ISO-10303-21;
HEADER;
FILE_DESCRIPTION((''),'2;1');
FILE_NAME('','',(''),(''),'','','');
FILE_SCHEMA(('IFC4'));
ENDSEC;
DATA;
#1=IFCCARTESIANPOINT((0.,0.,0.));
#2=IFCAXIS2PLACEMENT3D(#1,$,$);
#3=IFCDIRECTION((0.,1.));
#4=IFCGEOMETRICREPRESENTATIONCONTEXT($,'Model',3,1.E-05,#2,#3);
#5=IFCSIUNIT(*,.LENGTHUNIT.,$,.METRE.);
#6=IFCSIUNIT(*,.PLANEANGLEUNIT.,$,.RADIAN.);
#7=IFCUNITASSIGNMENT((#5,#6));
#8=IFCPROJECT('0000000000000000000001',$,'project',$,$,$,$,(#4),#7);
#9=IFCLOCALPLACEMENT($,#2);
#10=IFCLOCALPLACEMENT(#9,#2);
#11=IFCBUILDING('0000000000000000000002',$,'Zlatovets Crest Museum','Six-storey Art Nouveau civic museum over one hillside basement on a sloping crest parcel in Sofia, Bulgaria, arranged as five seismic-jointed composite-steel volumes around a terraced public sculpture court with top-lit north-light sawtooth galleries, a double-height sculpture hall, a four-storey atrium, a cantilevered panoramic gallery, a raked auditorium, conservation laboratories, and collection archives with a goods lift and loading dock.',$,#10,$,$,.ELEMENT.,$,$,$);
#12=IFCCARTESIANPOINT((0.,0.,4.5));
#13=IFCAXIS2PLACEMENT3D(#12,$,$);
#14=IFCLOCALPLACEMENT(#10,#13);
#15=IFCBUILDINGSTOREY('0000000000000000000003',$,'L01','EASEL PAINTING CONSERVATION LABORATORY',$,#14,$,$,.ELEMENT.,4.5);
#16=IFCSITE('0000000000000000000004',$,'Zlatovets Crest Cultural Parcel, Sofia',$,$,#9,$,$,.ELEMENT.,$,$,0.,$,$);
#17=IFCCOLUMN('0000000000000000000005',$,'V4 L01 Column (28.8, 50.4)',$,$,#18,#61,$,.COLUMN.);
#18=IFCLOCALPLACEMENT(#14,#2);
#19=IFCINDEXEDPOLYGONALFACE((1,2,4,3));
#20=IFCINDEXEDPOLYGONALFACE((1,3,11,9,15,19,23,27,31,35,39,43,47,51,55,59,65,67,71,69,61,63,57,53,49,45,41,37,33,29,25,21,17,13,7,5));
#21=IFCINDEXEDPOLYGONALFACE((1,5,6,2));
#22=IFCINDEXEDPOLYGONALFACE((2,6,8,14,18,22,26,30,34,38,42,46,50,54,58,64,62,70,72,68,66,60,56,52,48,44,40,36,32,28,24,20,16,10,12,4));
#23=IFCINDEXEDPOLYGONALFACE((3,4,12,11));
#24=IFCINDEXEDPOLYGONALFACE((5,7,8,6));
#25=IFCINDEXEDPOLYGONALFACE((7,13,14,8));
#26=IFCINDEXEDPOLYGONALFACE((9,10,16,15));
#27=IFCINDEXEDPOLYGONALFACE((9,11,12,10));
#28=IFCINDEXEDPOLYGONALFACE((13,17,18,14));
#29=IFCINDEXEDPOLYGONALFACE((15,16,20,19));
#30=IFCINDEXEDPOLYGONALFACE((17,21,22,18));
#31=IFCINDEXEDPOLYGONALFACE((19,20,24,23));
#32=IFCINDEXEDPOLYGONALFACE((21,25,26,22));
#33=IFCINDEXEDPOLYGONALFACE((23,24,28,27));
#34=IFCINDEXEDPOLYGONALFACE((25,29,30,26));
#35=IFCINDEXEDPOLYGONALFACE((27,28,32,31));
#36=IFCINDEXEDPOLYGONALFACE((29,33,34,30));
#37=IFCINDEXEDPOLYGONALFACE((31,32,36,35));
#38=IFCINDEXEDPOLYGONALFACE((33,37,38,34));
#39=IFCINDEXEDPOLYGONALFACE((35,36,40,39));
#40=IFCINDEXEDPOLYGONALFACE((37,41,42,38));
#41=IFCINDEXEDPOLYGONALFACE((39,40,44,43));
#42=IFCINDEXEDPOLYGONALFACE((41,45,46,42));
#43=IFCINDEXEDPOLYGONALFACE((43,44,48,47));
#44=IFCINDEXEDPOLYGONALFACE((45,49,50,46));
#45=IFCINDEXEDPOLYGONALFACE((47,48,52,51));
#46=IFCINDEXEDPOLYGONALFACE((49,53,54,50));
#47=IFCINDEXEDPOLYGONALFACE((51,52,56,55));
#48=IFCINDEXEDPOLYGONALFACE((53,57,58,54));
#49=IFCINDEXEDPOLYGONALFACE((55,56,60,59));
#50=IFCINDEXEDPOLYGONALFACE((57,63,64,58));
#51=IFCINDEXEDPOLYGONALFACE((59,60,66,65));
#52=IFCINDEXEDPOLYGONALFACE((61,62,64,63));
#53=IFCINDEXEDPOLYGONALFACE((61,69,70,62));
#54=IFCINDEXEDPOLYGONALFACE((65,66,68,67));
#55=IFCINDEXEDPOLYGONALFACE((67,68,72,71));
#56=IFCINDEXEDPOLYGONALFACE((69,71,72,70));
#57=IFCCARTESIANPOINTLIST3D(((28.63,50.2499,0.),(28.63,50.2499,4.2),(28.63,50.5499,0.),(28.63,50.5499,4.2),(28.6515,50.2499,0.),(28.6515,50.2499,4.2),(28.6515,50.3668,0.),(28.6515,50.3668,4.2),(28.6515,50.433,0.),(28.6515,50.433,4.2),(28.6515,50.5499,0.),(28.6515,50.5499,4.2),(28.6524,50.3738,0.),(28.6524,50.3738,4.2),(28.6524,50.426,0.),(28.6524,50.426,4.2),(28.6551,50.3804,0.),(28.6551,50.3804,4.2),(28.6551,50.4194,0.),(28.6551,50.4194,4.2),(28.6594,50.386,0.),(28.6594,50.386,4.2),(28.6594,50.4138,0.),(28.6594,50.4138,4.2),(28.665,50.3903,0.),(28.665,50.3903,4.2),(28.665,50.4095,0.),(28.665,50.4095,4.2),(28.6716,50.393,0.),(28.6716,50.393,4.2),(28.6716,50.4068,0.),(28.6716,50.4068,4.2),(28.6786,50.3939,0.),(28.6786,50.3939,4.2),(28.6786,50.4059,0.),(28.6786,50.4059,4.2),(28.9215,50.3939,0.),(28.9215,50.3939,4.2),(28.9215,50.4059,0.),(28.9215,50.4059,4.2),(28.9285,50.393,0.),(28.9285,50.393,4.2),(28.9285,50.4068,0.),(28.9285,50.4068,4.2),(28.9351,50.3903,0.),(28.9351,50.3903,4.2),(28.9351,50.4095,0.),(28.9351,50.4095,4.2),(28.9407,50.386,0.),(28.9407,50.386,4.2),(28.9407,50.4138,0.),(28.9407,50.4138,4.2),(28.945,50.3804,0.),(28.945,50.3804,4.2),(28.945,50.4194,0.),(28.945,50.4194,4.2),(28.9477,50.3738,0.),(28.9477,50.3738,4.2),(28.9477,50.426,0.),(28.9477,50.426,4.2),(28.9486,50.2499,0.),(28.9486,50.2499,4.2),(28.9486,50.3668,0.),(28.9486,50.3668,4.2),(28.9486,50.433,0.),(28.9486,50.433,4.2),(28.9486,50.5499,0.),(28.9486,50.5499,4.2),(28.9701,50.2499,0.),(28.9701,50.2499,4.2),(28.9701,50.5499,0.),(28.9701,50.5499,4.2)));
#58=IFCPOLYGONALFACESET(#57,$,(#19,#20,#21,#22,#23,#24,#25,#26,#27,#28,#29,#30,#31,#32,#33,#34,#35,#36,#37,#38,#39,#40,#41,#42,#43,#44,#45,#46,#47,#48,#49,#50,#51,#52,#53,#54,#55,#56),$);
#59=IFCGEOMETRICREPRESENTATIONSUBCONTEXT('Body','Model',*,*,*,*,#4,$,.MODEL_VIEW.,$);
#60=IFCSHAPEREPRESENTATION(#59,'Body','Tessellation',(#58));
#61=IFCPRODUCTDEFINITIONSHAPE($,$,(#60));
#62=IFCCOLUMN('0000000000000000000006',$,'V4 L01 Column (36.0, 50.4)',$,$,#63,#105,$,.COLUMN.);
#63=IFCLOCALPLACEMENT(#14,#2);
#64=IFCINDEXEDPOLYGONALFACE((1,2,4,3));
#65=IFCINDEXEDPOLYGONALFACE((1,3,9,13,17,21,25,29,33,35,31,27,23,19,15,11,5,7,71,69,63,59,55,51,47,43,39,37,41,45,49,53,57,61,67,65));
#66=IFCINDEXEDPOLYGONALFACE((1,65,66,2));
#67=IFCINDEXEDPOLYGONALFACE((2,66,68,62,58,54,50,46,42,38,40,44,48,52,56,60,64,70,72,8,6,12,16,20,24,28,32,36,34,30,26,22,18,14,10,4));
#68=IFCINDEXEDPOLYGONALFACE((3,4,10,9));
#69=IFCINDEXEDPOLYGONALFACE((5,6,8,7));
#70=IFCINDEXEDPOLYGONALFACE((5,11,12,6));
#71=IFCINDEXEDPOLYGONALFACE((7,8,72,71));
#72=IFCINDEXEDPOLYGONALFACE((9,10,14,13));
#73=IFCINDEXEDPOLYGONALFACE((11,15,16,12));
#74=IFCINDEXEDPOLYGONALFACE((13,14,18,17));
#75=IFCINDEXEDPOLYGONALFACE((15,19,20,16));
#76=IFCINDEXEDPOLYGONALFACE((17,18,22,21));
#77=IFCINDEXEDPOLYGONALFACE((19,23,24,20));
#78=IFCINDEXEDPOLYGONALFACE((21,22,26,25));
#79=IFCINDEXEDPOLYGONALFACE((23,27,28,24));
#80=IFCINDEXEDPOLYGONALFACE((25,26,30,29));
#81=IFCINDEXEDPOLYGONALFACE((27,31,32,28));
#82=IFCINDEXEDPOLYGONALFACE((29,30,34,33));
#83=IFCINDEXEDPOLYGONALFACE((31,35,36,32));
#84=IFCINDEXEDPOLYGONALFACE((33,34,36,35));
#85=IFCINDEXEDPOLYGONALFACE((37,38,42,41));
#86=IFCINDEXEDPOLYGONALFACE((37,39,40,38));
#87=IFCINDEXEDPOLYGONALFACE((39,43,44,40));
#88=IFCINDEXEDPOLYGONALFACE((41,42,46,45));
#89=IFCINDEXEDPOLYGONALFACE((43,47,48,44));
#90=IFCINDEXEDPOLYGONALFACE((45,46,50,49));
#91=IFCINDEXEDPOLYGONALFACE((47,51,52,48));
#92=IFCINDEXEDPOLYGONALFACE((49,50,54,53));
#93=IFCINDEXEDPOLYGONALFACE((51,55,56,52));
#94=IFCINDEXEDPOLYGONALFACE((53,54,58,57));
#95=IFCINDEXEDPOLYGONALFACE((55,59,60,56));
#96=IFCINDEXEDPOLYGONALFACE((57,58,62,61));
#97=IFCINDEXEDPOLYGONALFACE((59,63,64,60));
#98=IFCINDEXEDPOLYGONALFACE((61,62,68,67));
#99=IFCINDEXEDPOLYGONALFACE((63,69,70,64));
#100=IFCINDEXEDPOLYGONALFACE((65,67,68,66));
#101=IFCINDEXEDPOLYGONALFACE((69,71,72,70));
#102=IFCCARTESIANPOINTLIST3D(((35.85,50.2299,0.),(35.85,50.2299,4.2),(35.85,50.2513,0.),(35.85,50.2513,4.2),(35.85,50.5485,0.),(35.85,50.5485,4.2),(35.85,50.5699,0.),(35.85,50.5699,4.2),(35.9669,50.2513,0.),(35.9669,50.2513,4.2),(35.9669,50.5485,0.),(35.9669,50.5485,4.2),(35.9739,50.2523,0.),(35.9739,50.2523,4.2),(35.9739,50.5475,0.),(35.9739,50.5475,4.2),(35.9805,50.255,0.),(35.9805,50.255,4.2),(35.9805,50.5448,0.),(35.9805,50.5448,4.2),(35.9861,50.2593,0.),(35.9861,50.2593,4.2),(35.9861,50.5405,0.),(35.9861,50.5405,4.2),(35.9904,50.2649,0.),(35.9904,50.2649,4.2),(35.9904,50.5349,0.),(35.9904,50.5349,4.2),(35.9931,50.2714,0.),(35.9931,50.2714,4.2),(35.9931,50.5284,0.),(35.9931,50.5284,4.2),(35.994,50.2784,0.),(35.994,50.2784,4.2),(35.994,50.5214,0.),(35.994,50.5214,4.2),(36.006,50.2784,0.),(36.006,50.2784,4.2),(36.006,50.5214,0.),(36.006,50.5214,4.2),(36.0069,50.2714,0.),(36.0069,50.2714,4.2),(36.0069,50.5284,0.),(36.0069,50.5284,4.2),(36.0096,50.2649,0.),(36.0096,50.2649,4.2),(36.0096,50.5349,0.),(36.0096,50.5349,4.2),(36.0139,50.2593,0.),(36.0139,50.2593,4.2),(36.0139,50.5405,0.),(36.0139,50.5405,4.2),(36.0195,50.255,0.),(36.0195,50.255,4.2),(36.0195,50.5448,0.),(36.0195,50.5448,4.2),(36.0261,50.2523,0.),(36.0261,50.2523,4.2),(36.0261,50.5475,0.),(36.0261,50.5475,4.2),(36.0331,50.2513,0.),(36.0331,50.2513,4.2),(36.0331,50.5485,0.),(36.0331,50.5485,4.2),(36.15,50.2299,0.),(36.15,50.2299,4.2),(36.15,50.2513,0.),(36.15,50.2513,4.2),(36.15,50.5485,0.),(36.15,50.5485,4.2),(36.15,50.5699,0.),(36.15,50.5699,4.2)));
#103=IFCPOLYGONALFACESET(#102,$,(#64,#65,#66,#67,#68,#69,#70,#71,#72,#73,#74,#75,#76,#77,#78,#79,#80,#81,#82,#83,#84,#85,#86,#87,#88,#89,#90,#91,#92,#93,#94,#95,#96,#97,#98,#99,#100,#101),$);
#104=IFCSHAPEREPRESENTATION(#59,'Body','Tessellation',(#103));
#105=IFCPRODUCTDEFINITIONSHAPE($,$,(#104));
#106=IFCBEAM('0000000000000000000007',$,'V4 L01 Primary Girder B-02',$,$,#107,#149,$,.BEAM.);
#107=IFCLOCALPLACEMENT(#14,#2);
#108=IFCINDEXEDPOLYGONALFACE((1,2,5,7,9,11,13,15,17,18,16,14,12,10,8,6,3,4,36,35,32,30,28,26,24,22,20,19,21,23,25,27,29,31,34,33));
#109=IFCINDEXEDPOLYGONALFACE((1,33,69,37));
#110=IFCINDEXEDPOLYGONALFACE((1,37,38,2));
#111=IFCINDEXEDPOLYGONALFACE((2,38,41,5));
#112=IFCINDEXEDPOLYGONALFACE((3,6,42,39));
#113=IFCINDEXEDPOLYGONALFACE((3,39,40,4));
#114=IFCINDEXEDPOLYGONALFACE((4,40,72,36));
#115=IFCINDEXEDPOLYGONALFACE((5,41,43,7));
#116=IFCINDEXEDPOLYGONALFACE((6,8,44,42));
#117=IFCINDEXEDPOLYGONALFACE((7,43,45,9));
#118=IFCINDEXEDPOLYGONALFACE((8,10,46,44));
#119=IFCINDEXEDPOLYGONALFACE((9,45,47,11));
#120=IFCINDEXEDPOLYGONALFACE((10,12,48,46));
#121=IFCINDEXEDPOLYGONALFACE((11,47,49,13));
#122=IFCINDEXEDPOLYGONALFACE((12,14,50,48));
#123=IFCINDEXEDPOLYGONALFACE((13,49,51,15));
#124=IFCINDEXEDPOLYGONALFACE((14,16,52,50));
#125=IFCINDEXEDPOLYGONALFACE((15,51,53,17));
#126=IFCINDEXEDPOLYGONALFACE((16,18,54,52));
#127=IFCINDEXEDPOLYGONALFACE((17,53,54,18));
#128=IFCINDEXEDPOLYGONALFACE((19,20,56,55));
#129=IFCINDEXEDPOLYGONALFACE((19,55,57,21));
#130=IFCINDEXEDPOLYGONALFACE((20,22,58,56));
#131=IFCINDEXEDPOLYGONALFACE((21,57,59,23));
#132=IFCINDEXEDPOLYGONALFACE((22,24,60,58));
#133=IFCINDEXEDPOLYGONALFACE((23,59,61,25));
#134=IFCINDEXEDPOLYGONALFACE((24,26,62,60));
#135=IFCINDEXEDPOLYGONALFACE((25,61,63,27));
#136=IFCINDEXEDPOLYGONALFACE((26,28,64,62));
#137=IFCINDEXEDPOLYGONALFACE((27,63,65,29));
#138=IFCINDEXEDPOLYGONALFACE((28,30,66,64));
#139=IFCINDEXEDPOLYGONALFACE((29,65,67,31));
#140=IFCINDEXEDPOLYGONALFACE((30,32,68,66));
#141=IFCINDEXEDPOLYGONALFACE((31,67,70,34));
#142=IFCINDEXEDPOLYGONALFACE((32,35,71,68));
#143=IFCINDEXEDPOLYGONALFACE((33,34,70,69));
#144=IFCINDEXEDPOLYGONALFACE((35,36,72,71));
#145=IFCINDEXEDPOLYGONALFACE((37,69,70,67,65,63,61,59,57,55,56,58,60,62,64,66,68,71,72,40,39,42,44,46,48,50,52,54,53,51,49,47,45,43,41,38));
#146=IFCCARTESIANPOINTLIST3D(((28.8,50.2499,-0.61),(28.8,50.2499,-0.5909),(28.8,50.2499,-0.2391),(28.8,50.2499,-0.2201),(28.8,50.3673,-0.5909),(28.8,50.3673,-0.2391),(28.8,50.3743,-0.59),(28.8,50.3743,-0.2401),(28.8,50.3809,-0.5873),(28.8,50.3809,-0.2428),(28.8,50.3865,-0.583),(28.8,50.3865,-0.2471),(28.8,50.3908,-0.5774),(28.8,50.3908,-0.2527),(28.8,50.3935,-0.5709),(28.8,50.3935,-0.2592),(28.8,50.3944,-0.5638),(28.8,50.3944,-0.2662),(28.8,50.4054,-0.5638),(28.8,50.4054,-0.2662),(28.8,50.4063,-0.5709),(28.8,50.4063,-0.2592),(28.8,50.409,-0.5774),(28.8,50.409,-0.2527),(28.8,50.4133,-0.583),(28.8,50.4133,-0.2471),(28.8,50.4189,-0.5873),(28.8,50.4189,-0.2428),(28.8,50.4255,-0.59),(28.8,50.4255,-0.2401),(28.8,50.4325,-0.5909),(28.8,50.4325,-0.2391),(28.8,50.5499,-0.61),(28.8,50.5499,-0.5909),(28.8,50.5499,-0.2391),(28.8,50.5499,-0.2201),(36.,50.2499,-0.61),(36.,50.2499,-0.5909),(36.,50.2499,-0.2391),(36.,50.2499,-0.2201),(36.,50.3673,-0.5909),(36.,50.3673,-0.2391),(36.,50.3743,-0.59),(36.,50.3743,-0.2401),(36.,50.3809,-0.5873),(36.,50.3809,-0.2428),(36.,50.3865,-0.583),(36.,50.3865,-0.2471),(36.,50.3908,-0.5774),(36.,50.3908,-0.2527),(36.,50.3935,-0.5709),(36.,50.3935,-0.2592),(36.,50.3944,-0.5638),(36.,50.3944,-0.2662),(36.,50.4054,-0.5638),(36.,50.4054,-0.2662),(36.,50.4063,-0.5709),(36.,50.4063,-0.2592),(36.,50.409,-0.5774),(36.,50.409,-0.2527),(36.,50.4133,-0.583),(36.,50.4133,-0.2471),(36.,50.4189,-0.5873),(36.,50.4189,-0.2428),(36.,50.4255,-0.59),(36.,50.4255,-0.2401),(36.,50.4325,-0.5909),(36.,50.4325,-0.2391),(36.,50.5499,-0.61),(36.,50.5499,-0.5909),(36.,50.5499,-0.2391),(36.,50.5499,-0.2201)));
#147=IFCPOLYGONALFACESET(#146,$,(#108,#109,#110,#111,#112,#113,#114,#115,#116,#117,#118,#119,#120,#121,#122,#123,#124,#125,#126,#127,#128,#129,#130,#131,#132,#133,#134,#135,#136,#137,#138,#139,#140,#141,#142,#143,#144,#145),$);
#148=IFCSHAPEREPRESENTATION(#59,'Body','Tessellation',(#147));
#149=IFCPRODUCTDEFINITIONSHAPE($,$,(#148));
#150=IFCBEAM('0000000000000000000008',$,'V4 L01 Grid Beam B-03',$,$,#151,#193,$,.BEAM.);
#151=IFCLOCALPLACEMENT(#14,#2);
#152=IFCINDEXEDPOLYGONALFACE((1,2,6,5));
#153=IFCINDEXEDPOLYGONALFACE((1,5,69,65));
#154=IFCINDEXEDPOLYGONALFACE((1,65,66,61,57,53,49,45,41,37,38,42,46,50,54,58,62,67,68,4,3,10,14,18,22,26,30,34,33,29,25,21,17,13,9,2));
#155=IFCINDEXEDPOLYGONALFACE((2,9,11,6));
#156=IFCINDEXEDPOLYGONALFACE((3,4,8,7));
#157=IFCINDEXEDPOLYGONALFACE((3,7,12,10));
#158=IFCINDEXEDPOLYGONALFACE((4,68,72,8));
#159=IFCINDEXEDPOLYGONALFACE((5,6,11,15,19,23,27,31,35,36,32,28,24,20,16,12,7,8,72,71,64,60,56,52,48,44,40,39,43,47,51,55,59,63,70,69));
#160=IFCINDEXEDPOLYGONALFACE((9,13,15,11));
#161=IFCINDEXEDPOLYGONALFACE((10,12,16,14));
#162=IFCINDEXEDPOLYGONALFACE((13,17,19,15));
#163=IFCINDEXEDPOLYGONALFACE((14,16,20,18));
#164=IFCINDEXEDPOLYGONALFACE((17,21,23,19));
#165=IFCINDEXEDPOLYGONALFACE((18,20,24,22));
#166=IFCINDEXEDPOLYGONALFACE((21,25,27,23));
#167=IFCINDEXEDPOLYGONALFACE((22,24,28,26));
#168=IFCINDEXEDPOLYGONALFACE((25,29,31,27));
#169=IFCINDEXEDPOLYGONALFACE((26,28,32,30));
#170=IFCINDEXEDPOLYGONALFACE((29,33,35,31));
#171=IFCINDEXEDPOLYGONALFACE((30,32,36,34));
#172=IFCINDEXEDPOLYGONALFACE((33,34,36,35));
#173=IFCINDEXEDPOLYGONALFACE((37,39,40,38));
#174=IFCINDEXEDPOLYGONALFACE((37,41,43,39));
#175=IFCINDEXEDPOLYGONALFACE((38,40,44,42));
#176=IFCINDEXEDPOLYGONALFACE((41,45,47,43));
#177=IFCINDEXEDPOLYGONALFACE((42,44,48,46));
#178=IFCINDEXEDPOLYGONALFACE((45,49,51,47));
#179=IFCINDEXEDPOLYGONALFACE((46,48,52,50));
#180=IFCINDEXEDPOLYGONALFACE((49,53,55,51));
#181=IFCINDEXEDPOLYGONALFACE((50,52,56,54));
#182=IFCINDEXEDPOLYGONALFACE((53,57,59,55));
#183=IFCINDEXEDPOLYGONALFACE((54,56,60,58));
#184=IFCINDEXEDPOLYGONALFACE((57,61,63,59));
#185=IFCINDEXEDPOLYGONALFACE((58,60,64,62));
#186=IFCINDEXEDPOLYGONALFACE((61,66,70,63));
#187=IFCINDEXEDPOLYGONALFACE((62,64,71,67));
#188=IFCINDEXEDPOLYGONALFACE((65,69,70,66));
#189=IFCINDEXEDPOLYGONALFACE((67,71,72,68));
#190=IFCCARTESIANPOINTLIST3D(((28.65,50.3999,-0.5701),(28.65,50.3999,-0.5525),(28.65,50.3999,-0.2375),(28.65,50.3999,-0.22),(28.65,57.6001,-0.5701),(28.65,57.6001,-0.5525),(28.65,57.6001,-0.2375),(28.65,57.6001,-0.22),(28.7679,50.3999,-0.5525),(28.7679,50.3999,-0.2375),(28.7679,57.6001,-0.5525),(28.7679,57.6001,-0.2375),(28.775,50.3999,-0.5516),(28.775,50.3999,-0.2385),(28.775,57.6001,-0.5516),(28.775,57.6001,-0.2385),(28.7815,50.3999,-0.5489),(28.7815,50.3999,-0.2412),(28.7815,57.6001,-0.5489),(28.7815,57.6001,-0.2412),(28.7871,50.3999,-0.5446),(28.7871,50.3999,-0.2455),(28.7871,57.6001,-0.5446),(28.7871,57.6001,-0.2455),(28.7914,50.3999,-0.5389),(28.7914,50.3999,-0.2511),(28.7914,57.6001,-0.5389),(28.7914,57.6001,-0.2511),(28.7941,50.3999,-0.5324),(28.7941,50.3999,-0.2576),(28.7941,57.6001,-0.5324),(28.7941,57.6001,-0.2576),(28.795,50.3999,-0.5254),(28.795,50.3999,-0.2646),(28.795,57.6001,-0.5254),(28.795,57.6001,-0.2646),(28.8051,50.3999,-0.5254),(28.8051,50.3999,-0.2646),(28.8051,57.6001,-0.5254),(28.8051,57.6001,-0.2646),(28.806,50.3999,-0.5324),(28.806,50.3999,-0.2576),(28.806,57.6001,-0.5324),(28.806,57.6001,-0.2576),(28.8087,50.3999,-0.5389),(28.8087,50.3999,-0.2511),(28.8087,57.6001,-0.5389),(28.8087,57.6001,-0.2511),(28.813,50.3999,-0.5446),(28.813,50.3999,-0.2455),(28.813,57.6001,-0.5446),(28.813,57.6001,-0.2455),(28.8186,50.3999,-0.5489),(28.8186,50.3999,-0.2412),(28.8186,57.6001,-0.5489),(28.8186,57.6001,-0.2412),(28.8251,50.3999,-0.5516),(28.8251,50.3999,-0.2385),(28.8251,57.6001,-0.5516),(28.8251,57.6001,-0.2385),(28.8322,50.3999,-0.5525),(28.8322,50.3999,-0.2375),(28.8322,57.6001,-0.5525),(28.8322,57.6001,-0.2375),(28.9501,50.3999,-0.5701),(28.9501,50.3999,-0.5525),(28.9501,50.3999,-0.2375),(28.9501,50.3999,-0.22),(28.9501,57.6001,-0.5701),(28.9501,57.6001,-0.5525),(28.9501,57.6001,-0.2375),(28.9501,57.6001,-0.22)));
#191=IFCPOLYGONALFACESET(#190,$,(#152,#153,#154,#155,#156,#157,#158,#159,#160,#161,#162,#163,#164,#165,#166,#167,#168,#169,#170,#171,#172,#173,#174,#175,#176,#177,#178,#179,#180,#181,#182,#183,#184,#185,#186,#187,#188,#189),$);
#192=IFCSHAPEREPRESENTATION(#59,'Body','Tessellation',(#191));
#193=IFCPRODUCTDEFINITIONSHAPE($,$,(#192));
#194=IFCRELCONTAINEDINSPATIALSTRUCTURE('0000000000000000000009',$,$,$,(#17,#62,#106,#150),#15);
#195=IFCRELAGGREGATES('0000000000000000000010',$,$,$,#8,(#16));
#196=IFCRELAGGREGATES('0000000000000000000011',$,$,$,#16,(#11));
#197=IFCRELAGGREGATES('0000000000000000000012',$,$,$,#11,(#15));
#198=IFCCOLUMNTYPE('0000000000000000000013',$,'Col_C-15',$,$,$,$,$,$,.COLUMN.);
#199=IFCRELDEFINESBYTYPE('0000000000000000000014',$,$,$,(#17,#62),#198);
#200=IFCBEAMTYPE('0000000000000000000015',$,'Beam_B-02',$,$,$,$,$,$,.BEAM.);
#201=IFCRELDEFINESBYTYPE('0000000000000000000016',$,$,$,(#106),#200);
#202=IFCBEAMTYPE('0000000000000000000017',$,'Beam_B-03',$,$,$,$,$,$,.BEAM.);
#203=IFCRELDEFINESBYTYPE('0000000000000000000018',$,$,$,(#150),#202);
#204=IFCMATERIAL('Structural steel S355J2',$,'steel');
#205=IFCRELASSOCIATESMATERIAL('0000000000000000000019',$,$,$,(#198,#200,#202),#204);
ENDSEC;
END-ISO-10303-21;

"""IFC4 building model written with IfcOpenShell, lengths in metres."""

from ifc_helpers import new_model, si_unit, direction, frame, origin, origin_2d, place, context, subcontext, project, spatial, i_section, extrude, material, material_profile, profile_set, type_object, element, save


model = new_model("IFC4")

# Units and contexts
model_context = context("Model", 3, precision=1e-05, world=origin(), true_north=direction((0.0, 1.0)))
body_context = subcontext(model_context, "Body", "Model", "MODEL_VIEW")
ifc_project = project(units=[si_unit("LENGTHUNIT", "METRE"), si_unit("PLANEANGLEUNIT", "RADIAN")], contexts=[model_context])

# Site, building, storey
site_placement = place(None, origin())
site = spatial("IfcSite", under=ifc_project, at=site_placement, Name="Zlatovets Crest Cultural Parcel, Sofia", CompositionType="ELEMENT", RefElevation=0.0)
building_placement = place(site_placement, origin())
building = spatial("IfcBuilding", under=site, at=building_placement, Name="Zlatovets Crest Museum", Description="Six-storey Art Nouveau civic museum over one hillside basement on a sloping crest parcel in Sofia, Bulgaria, arranged as five seismic-jointed composite-steel volumes around a terraced public sculpture court with top-lit north-light sawtooth galleries, a double-height sculpture hall, a four-storey atrium, a cantilevered panoramic gallery, a raked auditorium, conservation laboratories, and collection archives with a goods lift and loading dock.", CompositionType="ELEMENT")
storey_placement = place(building_placement, frame((0.0, 0.0, 4.5)))
storey = spatial("IfcBuildingStorey", under=building, at=storey_placement, Name="L01", Description="EASEL PAINTING CONSERVATION LABORATORY", CompositionType="ELEMENT", Elevation=4.5)

# Columns
ifc_material_1 = material(Name="Structural steel S355J2", Category="steel")
ifc_material_profile_1 = material_profile(ifc_material_1, i_section(OverallWidth=0.3, OverallDepth=0.3401, WebThickness=0.012, FlangeThickness=0.0215, FilletRadius=0.0271, at=origin_2d()), Name="HEB 340")
ifc_profile_set_1 = profile_set([ifc_material_profile_1], Name="Structural steel S355J2")
column_type = type_object("IfcColumnType", Name="Col_C-15", PredefinedType="COLUMN", material=ifc_profile_set_1)
for number, where, z_axis, x_axis, name in (
    (1, (28.8, 50.3999, 0.0), (0.0, 0.0, 1.0), (0.0, 1.0, 0.0), "V4 L01 Column (28.8, 50.4)"),
    (2, (36.0, 50.3999, 0.0), (0.0, 0.0, 1.0), (1.0, 0.0, 0.0), "V4 L01 Column (36.0, 50.4)"),
):
    element("IfcColumn", number, at=place(storey_placement, frame(where, z_axis=z_axis, x_axis=x_axis)), inside=storey, type_object=column_type, Name=name, PredefinedType="COLUMN", context=body_context, shape_type="SweptSolid", body=[
        extrude(i_section(OverallWidth=0.3, OverallDepth=0.3401, WebThickness=0.012, FlangeThickness=0.0215, FilletRadius=0.0271, at=origin_2d()), origin(), (0.0, 0.0, 1.0), 4.2),
    ])

# Beams
ifc_material_profile_2 = material_profile(ifc_material_1, i_section(OverallWidth=0.3, OverallDepth=0.3899, WebThickness=0.011, FlangeThickness=0.019, FilletRadius=0.0271, at=origin_2d()), Name="HEA 400")
ifc_profile_set_2 = profile_set([ifc_material_profile_2], Name="Structural steel S355J2")
beam_type_1 = type_object("IfcBeamType", Name="Beam_B-02", PredefinedType="BEAM", material=ifc_profile_set_2)
beam_1_placement = place(storey_placement, frame((28.8, 50.3999, -0.415), z_axis=(1.0, 0.0, 0.0), x_axis=(0.0, 1.0, 0.0)))
element("IfcBeam", 3, at=beam_1_placement, inside=storey, type_object=beam_type_1, Name="V4 L01 Primary Girder B-02", PredefinedType="BEAM", context=body_context, shape_type="SweptSolid", body=[
    extrude(i_section(OverallWidth=0.3, OverallDepth=0.3899, WebThickness=0.011, FlangeThickness=0.019, FilletRadius=0.0271, at=origin_2d()), origin(), (0.0, 0.0, 1.0), 7.2),
])
ifc_material_profile_3 = material_profile(ifc_material_1, i_section(OverallWidth=0.3, OverallDepth=0.3501, WebThickness=0.01, FlangeThickness=0.0176, FilletRadius=0.0271, at=origin_2d()), Name="HEA 360")
ifc_profile_set_3 = profile_set([ifc_material_profile_3], Name="Structural steel S355J2")
beam_type_2 = type_object("IfcBeamType", Name="Beam_B-03", PredefinedType="BEAM", material=ifc_profile_set_3)
for number, where, z_axis, x_axis, name in (
    (4, (28.8, 50.3999, -0.395), (0.0, 1.0, 0.0), (-1.0, 0.0, 0.0), "V4 L01 Grid Beam B-03"),
):
    element("IfcBeam", number, at=place(storey_placement, frame(where, z_axis=z_axis, x_axis=x_axis)), inside=storey, type_object=beam_type_2, Name=name, PredefinedType="BEAM", context=body_context, shape_type="SweptSolid", body=[
        extrude(i_section(OverallWidth=0.3, OverallDepth=0.3501, WebThickness=0.01, FlangeThickness=0.0176, FilletRadius=0.0271, at=origin_2d()), origin(), (0.0, 0.0, 1.0), 7.2002),
    ])

save(model, "model.ifc")
